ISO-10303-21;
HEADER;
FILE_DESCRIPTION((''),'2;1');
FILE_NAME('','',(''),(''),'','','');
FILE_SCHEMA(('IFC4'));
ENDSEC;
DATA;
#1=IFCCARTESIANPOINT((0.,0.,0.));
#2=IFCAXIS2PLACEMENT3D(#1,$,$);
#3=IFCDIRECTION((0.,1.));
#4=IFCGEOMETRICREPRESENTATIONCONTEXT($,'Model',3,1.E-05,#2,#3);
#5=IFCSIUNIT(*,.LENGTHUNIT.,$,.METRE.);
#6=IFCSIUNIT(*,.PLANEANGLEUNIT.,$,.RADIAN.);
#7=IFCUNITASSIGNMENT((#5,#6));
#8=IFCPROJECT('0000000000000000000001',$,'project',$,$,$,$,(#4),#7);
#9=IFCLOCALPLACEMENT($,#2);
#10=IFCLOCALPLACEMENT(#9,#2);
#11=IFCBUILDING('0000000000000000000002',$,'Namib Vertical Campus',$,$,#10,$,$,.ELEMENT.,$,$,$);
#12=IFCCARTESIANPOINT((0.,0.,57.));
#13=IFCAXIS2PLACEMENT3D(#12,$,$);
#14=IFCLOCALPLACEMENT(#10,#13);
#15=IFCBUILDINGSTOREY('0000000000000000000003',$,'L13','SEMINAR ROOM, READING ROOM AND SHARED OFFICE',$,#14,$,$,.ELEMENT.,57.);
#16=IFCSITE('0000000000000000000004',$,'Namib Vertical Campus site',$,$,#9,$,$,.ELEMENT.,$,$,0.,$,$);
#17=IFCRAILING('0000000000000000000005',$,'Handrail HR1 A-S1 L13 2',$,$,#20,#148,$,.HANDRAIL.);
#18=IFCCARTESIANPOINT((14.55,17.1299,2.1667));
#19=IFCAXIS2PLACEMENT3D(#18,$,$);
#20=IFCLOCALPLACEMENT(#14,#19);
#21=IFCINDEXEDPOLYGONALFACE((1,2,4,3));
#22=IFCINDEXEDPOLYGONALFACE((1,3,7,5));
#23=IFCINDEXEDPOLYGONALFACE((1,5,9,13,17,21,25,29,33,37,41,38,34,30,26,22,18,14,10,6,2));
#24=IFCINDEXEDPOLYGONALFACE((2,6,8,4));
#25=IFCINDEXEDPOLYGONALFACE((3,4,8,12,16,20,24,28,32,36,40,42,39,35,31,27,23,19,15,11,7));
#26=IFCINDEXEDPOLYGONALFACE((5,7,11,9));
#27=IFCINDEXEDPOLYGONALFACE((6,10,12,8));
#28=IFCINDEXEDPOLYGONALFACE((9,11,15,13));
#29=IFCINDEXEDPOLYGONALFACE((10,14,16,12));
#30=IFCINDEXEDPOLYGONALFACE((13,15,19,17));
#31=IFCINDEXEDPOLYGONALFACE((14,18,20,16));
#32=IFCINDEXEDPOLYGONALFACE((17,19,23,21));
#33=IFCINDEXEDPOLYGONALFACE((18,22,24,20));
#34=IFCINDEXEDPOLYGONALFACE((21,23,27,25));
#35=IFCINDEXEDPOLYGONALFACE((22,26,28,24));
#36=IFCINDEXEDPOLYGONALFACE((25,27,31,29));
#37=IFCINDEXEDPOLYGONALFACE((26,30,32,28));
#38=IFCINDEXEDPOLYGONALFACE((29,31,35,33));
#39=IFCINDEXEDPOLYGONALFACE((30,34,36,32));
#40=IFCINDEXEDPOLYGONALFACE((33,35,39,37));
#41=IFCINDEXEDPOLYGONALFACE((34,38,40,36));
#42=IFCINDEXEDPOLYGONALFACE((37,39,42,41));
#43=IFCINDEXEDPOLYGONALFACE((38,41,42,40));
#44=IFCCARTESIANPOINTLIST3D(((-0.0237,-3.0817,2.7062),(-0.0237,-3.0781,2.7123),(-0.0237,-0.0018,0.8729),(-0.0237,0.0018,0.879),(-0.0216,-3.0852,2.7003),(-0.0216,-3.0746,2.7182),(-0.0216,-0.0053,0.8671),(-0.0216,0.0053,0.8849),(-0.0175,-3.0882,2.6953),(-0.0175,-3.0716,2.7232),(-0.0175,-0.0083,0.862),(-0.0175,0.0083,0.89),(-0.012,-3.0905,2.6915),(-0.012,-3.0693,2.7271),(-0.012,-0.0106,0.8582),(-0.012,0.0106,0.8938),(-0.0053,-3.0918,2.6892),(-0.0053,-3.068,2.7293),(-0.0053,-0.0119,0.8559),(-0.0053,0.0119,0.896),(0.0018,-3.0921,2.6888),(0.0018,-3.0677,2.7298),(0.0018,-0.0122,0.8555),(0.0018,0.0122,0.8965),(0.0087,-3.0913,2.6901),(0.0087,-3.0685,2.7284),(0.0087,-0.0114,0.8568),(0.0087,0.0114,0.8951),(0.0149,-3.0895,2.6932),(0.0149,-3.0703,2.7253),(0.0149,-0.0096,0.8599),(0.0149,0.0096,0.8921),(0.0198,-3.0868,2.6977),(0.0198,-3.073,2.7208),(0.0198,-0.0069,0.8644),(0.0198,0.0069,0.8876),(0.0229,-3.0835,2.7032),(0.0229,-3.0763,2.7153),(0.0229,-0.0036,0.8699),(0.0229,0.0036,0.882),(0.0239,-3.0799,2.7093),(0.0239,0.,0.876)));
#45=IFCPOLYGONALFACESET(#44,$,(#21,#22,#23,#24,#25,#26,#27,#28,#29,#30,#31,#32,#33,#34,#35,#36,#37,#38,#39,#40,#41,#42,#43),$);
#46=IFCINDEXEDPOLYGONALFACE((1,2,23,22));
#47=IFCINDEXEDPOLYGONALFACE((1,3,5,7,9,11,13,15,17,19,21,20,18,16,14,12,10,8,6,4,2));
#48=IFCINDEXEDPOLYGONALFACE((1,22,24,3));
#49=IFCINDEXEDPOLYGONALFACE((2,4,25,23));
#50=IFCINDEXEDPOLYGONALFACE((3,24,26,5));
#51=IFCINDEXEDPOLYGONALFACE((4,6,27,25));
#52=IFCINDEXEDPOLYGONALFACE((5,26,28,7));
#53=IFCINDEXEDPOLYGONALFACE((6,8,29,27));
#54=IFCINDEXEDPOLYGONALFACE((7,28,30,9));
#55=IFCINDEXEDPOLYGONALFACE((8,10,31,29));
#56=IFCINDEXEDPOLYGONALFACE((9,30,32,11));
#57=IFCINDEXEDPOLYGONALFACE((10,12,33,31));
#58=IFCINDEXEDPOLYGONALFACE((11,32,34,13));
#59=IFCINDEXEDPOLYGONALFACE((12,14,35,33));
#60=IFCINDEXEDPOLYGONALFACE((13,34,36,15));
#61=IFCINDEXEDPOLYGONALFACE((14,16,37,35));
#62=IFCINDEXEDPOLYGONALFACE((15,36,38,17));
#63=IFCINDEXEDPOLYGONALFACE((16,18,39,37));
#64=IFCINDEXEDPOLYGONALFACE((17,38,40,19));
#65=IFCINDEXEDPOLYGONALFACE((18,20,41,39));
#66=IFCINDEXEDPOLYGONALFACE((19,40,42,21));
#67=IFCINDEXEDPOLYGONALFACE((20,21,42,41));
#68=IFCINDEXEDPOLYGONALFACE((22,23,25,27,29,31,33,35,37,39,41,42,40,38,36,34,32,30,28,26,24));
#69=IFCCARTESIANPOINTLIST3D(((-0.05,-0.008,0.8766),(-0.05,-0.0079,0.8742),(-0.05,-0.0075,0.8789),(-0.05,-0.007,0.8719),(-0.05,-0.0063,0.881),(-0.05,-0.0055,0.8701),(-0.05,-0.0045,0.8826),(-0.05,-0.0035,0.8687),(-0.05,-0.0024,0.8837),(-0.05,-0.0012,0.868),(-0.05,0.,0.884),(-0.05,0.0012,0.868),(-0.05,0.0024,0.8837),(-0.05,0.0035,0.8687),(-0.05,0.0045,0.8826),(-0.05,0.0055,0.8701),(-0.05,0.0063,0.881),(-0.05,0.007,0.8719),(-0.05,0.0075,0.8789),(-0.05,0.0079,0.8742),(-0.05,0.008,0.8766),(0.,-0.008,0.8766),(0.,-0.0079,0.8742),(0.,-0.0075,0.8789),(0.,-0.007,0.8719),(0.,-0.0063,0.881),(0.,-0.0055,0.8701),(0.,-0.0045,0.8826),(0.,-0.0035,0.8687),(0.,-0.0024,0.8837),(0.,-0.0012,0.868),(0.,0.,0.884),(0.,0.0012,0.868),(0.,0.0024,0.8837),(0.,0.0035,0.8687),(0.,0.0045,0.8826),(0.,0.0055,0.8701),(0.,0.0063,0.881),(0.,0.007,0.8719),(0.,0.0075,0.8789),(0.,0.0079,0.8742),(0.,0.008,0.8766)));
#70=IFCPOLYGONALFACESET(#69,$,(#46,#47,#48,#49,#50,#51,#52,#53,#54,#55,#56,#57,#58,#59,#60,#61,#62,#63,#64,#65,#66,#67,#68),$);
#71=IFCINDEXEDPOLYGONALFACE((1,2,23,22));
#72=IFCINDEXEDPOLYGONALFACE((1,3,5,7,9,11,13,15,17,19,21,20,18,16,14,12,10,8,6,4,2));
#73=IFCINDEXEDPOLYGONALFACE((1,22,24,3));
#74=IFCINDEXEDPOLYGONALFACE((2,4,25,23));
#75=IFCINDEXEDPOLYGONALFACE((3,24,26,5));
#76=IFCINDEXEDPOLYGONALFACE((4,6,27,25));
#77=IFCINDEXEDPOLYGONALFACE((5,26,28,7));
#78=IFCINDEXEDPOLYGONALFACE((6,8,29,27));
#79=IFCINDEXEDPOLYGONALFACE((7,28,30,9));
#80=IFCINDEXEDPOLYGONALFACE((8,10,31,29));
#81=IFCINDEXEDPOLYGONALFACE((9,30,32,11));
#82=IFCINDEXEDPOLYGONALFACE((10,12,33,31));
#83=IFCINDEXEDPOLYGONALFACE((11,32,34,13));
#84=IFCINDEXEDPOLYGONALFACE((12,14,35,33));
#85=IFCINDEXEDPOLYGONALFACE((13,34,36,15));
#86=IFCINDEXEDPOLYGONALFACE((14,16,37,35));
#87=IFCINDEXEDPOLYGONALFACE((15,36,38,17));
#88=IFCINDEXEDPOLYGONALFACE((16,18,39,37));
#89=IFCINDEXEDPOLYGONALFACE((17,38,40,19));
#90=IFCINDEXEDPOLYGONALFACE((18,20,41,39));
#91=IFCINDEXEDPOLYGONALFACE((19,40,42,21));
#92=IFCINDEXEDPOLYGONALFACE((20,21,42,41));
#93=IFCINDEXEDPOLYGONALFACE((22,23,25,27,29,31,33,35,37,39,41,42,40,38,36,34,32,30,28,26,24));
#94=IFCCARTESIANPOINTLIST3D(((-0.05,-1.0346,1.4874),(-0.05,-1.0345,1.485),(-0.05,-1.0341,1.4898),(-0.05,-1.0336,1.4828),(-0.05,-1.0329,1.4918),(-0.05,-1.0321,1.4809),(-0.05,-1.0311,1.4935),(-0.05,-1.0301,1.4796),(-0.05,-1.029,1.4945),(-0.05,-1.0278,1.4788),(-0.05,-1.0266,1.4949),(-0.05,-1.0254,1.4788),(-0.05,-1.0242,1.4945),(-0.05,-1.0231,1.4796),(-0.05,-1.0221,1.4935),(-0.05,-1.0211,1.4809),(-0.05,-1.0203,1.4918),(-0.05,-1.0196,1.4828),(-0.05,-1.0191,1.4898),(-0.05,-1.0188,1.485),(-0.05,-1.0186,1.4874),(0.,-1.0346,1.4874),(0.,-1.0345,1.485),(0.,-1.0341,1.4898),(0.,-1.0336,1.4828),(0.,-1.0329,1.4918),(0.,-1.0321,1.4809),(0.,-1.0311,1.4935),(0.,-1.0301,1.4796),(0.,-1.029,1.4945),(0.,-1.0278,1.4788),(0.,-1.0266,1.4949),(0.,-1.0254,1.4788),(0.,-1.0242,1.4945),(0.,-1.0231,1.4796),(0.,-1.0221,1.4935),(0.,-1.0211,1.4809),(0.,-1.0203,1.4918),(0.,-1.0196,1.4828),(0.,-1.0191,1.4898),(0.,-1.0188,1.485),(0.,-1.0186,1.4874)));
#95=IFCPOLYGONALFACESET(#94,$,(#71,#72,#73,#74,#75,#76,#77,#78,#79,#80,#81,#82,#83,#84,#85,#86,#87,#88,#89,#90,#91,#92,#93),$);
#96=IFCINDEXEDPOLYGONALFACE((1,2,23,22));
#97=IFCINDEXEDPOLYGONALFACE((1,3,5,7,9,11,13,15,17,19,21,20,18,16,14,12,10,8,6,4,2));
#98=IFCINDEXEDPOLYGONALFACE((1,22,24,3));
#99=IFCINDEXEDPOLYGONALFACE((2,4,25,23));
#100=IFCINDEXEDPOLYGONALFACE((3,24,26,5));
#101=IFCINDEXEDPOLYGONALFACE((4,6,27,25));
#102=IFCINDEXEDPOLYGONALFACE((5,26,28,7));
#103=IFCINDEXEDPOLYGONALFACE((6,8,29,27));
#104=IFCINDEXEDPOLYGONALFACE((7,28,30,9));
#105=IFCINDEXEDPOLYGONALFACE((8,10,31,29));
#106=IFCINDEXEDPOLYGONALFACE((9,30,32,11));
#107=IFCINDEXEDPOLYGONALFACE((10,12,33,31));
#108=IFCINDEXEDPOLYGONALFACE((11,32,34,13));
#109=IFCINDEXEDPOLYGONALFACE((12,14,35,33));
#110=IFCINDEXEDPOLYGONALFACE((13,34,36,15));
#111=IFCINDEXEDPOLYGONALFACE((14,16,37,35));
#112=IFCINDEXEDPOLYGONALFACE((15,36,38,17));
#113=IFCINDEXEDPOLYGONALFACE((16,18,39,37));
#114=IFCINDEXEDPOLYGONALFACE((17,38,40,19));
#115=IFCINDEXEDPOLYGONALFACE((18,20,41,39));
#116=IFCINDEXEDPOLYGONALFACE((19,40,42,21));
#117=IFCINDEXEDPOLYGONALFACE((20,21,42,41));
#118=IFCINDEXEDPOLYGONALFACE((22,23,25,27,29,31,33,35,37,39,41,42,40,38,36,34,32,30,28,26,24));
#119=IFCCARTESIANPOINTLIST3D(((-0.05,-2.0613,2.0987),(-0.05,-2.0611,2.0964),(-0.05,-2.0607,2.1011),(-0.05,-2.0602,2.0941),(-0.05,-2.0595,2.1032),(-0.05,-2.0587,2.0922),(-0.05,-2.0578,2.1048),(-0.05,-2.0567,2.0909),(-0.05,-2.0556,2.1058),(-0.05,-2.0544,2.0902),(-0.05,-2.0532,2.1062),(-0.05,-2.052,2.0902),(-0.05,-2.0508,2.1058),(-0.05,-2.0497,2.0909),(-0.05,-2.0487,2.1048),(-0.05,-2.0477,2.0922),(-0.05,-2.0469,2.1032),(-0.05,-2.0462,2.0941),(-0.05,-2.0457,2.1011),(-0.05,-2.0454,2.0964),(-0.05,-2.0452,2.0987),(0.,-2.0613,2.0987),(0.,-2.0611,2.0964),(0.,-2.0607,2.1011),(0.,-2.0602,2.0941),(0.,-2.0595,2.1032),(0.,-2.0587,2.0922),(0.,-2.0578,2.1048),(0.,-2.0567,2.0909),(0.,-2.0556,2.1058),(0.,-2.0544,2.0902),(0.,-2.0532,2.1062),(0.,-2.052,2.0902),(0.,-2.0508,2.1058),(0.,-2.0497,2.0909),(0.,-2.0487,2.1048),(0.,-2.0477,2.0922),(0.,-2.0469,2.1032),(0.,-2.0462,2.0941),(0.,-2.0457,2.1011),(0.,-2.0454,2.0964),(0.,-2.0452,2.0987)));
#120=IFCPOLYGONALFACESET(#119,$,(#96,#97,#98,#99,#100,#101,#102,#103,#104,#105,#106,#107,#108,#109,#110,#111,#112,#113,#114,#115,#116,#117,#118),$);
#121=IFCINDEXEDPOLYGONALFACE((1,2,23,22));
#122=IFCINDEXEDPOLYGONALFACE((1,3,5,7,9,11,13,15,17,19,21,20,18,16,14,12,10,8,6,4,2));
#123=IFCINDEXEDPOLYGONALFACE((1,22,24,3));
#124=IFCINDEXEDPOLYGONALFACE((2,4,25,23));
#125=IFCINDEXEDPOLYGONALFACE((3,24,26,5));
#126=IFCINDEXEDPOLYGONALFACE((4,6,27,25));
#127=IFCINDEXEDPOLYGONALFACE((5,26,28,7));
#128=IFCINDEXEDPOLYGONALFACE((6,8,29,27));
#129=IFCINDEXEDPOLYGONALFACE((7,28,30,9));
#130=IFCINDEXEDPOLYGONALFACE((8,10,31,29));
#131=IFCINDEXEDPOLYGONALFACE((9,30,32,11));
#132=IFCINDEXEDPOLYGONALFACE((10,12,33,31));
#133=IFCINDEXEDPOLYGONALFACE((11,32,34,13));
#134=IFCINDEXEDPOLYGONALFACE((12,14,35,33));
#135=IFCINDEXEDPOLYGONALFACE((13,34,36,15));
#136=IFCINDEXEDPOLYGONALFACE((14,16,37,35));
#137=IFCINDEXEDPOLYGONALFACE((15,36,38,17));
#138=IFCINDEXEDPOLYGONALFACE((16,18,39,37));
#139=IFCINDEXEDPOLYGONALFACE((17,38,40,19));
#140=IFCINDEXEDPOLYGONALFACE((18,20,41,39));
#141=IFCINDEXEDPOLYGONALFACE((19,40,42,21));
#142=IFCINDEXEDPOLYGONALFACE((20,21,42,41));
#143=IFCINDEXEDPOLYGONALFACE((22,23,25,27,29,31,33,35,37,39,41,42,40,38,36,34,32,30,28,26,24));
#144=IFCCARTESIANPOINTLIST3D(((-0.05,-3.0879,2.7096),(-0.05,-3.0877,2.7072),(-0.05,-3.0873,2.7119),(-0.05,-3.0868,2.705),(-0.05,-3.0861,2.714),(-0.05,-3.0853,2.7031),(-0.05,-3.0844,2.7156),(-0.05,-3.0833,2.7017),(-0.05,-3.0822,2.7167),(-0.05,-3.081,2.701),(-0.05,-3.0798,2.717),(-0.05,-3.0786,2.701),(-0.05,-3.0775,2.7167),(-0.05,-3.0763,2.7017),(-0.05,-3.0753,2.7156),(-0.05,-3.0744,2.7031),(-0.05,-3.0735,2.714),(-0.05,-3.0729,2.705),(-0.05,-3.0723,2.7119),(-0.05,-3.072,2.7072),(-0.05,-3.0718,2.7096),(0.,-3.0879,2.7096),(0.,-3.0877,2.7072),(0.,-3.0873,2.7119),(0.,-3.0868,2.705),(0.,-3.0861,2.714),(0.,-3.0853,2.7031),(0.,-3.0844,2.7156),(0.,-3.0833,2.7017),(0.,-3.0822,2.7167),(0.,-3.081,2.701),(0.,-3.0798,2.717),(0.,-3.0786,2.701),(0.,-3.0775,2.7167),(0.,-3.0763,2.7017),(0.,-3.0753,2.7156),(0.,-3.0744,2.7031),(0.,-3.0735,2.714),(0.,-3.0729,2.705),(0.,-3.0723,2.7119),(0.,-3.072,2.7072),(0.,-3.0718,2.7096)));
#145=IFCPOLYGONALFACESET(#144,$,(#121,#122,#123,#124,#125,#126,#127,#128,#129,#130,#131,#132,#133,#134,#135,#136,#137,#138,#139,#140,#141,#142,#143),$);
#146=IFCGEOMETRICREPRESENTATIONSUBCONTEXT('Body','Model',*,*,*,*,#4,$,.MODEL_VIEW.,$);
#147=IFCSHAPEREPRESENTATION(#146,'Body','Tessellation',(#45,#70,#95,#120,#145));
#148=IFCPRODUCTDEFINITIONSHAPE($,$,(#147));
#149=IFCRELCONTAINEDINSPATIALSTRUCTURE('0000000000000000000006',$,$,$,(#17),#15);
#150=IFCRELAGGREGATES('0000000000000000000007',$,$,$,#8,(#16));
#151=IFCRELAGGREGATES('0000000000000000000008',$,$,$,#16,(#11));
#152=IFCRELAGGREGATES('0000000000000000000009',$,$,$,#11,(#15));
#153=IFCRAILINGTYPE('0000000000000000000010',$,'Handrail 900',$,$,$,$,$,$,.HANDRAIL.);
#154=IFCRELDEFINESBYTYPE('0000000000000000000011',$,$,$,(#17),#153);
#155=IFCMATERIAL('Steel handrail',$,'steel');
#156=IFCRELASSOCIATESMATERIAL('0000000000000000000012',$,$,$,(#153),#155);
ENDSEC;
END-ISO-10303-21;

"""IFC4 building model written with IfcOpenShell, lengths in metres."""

from ifc_helpers import new_model, si_unit, direction, frame, origin, origin_2d, place, context, subcontext, project, spatial, circle, extrude, material, type_object, element, save


model = new_model("IFC4")

# Units and contexts
model_context = context("Model", 3, precision=1e-05, world=origin(), true_north=direction((0.0, 1.0)))
body_context = subcontext(model_context, "Body", "Model", "MODEL_VIEW")
ifc_project = project(units=[si_unit("LENGTHUNIT", "METRE"), si_unit("PLANEANGLEUNIT", "RADIAN")], contexts=[model_context])

# Site, building, storey
site_placement = place(None, origin())
site = spatial("IfcSite", under=ifc_project, at=site_placement, Name="Namib Vertical Campus site", CompositionType="ELEMENT", RefElevation=0.0)
building_placement = place(site_placement, origin())
building = spatial("IfcBuilding", under=site, at=building_placement, Name="Namib Vertical Campus", CompositionType="ELEMENT")
storey_placement = place(building_placement, frame((0.0, 0.0, 57.0)))
storey = spatial("IfcBuildingStorey", under=building, at=storey_placement, Name="L13", Description="SEMINAR ROOM, READING ROOM AND SHARED OFFICE", CompositionType="ELEMENT", Elevation=57.0)

# Railing
ifc_material_1 = material(Name="Steel handrail", Category="steel")
railing_type_1 = type_object("IfcRailingType", Name="Handrail 900", PredefinedType="HANDRAIL", material=ifc_material_1)
railing_1_placement = place(storey_placement, frame((14.55, 17.1299, 2.1667)))
element("IfcRailing", 1, at=railing_1_placement, inside=storey, type_object=railing_type_1, Name="Handrail HR1 A-S1 L13 2", PredefinedType="HANDRAIL", context=body_context, shape_type="SweptSolid", body=[
    extrude(circle(Radius=0.0239, at=origin_2d()), frame((0.0, 0.0, 0.876), z_axis=(0.0, -0.859291, 0.511487), x_axis=(1.0, 0.0, 0.0)), (0.0, 0.0, 1.0), 3.5842),
    extrude(circle(Radius=0.0081, at=origin_2d()), frame((0.0, 0.0, 0.876), z_axis=(-1.0, 0.0, 0.0), x_axis=(0.0, 0.0, 1.0)), (0.0, 0.0, 1.0), 0.05),
    extrude(circle(Radius=0.0081, at=origin_2d()), frame((0.0, -1.0266, 1.4868), z_axis=(-1.0, 0.0, 0.0), x_axis=(0.0, 0.0, 1.0)), (0.0, 0.0, 1.0), 0.05),
    extrude(circle(Radius=0.0081, at=origin_2d()), frame((0.0, -2.0532, 2.0981), z_axis=(-1.0, 0.0, 0.0), x_axis=(0.0, 0.0, 1.0)), (0.0, 0.0, 1.0), 0.05),
    extrude(circle(Radius=0.0081, at=origin_2d()), frame((0.0, -3.0798, 2.709), z_axis=(-1.0, 0.0, 0.0), x_axis=(0.0, 0.0, 1.0)), (0.0, 0.0, 1.0), 0.05),
])

save(model, "model.ifc")
